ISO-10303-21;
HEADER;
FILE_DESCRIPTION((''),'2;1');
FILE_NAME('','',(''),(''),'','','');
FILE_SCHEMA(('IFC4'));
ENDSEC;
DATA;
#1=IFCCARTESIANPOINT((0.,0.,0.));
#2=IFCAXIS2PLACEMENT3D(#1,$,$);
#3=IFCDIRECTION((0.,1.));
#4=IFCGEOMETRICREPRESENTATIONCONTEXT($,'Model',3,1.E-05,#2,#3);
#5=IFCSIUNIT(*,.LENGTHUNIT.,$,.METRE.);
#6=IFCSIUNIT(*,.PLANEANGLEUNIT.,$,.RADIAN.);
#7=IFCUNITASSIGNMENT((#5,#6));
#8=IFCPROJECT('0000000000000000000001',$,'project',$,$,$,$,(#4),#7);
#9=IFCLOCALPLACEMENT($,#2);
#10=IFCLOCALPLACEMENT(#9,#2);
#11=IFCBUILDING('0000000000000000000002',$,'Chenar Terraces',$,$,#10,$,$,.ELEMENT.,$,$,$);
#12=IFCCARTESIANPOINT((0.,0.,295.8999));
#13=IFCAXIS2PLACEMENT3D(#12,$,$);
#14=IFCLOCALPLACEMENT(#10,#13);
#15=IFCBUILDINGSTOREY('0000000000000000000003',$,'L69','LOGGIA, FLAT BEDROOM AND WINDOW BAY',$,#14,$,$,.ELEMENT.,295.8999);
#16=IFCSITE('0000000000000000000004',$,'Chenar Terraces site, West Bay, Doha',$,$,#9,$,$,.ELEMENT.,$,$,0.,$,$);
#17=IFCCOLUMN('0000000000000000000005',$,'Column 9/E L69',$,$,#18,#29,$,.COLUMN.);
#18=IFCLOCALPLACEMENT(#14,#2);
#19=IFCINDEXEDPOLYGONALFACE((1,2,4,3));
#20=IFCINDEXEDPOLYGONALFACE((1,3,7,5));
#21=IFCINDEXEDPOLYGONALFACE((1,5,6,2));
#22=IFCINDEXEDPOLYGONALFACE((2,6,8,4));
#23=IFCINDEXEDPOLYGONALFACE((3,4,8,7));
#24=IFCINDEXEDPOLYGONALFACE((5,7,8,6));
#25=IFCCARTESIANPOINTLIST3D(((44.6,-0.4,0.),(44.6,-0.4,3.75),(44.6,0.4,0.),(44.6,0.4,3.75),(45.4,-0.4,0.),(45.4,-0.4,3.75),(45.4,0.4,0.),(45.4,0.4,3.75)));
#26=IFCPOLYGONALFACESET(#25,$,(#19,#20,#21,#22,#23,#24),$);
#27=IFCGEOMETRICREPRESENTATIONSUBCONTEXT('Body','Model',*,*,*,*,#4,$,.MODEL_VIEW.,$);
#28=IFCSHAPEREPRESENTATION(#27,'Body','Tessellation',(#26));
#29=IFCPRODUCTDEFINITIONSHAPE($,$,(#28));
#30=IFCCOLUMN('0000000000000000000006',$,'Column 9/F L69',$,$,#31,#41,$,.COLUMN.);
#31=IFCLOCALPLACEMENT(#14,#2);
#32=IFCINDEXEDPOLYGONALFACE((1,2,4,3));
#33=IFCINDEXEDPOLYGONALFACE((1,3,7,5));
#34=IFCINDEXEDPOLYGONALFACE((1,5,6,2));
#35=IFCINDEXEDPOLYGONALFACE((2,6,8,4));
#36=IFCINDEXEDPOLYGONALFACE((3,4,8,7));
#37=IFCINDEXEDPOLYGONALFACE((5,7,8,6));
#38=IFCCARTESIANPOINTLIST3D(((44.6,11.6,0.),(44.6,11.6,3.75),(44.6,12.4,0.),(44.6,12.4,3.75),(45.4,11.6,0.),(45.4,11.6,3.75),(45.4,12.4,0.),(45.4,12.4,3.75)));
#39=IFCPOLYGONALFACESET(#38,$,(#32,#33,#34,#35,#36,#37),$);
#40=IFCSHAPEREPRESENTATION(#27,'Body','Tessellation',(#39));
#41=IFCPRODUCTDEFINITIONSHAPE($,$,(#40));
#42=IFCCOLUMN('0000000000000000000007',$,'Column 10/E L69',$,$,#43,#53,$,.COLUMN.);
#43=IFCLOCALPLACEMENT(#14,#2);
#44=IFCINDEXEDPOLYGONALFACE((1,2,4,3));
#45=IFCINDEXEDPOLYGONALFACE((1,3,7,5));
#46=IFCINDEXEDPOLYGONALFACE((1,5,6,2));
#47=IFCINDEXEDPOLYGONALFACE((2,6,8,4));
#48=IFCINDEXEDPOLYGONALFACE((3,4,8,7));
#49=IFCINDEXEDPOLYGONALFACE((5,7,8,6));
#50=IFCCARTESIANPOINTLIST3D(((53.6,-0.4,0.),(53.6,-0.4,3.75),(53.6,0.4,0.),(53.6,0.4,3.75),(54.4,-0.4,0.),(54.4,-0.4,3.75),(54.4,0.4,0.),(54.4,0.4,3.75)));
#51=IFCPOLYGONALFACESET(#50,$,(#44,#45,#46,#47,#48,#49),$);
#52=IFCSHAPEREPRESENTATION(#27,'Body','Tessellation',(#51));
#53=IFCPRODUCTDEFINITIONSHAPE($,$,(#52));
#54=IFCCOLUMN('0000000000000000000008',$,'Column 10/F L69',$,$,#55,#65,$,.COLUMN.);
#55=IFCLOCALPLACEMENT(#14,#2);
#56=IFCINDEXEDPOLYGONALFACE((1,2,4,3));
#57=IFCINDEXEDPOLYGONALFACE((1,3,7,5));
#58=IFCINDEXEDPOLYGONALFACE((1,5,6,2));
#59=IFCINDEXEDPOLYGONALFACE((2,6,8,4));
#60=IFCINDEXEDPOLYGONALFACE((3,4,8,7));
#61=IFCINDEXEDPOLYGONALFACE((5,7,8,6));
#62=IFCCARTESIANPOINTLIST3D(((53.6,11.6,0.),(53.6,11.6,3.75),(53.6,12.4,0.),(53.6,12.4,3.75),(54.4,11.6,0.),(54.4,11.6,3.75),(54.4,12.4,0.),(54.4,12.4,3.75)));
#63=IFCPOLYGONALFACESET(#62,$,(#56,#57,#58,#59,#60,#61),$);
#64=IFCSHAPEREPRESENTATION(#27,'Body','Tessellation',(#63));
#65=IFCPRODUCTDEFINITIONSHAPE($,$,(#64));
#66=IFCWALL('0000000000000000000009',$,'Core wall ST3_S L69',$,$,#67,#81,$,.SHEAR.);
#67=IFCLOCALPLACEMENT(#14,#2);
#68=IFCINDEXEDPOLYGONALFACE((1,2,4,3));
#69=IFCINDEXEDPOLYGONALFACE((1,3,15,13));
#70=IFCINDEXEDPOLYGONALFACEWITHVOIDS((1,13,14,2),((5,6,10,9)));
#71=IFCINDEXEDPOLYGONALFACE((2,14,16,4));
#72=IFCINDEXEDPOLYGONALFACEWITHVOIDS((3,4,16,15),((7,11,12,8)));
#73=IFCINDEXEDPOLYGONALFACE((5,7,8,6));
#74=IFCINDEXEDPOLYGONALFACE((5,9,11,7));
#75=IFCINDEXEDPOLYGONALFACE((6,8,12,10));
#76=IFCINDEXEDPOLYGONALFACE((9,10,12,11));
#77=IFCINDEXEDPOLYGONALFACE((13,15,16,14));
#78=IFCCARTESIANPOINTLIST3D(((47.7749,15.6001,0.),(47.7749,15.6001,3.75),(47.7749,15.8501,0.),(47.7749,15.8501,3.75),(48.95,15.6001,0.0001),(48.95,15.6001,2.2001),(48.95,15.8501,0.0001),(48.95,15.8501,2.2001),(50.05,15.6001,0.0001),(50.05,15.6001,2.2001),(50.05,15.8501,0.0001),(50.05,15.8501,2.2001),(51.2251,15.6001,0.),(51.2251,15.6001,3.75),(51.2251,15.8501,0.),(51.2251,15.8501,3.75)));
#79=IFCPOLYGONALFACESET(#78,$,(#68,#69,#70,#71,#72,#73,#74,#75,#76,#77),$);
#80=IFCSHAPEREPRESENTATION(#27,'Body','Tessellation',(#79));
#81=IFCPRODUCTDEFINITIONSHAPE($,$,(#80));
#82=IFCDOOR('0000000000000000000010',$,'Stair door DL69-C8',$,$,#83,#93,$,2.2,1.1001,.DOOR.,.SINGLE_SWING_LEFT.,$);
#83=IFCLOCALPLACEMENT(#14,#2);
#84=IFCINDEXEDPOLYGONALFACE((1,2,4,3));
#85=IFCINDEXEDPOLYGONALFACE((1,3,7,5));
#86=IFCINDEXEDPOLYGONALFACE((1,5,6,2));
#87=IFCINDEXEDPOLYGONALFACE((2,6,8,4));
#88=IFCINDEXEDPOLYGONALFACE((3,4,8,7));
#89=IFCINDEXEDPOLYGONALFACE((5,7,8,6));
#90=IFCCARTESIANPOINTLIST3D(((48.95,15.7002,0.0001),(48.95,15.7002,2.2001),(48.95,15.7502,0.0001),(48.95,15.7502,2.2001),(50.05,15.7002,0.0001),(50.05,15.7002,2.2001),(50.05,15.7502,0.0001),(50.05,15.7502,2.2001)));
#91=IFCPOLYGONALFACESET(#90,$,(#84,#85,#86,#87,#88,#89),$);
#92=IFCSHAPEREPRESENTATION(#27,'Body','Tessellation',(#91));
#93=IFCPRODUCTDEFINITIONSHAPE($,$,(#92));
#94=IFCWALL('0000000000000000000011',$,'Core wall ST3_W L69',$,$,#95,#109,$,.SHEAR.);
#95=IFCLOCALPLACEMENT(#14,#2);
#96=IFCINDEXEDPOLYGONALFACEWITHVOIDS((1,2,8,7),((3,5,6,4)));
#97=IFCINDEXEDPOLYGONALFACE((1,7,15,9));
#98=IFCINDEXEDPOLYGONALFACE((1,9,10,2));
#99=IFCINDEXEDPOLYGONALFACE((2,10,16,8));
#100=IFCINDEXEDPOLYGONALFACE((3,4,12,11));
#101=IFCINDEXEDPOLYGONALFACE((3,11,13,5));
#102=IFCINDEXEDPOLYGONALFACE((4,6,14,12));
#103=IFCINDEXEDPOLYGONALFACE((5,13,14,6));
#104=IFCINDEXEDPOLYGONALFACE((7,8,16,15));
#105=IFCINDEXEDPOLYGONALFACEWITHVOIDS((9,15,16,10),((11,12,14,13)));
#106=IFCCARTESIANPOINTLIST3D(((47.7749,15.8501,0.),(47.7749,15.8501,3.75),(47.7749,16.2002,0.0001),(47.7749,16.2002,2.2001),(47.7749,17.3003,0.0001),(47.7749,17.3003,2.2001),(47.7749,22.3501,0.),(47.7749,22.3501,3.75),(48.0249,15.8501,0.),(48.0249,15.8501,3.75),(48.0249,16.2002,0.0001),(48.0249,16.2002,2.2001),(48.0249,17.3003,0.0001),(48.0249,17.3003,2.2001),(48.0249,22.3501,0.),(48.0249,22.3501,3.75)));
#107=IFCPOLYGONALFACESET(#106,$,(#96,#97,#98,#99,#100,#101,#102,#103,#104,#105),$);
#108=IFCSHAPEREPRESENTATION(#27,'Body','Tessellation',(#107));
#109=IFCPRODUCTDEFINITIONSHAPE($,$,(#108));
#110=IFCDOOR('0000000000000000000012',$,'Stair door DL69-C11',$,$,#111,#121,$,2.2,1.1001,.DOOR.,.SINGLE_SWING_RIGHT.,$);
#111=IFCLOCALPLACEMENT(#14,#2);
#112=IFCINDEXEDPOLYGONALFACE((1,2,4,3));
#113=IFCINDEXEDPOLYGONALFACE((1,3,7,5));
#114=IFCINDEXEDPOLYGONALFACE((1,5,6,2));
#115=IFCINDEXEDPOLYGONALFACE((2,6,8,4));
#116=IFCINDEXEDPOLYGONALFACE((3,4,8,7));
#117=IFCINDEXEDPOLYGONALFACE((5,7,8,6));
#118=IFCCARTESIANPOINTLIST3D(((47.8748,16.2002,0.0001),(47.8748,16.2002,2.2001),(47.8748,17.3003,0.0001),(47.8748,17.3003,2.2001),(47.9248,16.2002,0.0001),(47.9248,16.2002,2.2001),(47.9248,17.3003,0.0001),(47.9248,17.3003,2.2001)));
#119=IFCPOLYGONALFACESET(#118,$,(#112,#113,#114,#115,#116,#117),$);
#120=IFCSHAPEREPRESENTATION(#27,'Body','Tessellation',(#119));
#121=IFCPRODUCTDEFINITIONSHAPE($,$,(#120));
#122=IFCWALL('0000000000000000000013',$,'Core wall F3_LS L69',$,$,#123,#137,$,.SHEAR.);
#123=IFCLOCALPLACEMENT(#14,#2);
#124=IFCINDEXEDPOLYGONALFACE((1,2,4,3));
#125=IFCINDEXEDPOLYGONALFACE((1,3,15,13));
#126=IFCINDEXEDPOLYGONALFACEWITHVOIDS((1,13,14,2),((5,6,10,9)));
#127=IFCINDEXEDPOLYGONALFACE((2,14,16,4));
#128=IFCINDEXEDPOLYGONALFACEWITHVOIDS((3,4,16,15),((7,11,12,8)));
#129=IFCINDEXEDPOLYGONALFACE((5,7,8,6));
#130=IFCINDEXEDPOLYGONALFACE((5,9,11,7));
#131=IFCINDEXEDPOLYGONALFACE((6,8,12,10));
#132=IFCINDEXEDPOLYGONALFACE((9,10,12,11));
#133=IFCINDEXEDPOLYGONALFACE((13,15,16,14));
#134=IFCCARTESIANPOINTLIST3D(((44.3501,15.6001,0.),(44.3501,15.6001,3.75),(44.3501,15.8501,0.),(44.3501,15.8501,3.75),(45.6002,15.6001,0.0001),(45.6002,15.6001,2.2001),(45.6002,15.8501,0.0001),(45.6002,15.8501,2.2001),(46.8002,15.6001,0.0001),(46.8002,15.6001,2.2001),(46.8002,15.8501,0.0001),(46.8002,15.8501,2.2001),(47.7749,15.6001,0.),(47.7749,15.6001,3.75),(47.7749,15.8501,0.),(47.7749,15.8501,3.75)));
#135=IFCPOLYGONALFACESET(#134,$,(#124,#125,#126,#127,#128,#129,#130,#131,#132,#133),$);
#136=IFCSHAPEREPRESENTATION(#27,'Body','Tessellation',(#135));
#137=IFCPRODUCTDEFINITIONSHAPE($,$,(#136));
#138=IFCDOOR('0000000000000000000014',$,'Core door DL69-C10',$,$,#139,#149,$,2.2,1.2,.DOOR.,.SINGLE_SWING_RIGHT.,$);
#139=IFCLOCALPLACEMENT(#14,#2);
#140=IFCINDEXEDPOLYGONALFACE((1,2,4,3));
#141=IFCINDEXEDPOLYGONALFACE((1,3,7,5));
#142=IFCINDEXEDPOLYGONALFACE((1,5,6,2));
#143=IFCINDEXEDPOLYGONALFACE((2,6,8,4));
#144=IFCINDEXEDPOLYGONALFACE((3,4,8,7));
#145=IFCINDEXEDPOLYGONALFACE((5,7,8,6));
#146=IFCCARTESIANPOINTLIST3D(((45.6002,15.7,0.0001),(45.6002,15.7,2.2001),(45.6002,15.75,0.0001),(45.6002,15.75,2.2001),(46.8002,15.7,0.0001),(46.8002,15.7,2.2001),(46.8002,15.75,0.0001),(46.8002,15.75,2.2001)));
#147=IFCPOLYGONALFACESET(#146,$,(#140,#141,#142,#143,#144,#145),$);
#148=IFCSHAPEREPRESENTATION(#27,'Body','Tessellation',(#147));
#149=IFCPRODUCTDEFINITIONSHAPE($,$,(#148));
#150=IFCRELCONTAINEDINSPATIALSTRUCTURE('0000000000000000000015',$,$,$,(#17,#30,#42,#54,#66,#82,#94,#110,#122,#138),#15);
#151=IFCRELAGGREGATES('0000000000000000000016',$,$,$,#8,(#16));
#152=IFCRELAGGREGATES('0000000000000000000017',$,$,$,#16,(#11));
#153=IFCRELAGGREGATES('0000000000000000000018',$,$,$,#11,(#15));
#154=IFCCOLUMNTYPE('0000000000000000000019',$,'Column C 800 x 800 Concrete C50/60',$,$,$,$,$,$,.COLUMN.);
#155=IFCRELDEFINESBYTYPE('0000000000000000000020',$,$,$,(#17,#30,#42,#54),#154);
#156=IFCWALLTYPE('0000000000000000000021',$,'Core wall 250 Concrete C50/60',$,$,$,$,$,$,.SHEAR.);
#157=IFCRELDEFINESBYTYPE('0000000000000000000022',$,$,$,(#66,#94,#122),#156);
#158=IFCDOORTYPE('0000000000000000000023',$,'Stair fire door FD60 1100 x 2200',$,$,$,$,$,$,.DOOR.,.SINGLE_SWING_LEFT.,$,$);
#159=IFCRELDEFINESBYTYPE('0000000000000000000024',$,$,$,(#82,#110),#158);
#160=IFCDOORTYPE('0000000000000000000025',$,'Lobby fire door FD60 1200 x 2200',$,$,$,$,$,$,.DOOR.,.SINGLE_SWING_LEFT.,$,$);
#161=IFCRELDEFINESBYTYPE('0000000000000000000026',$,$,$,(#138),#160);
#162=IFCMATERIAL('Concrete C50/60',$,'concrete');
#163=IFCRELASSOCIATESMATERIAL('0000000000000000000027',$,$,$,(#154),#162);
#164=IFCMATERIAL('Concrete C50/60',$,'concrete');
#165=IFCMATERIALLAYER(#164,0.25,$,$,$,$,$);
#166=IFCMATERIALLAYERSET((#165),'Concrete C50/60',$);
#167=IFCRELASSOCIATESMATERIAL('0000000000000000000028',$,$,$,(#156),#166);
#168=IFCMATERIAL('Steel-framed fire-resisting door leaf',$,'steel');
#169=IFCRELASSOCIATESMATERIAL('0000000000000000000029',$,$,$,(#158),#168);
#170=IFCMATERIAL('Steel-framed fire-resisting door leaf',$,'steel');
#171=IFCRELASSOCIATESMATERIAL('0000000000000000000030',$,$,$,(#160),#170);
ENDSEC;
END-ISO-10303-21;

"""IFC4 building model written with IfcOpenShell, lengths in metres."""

from ifc_helpers import new_model, si_unit, direction, frame, frame_2d, origin, origin_2d, place, context, subcontext, project, spatial, rectangle, extrude, material, layer, layer_set, material_profile, profile_set, type_object, element, fill, save


model = new_model("IFC4")

# Units and contexts
model_context = context("Model", 3, precision=1e-05, world=origin(), true_north=direction((0.0, 1.0)))
body_context = subcontext(model_context, "Body", "Model", "MODEL_VIEW")
ifc_project = project(units=[si_unit("LENGTHUNIT", "METRE"), si_unit("PLANEANGLEUNIT", "RADIAN")], contexts=[model_context])

# Site, building, storey
site_placement = place(None, origin())
site = spatial("IfcSite", under=ifc_project, at=site_placement, Name="Chenar Terraces site, West Bay, Doha", CompositionType="ELEMENT", RefElevation=0.0)
building_placement = place(site_placement, origin())
building = spatial("IfcBuilding", under=site, at=building_placement, Name="Chenar Terraces", CompositionType="ELEMENT")
storey_placement = place(building_placement, frame((0.0, 0.0, 295.8999)))
storey = spatial("IfcBuildingStorey", under=building, at=storey_placement, Name="L69", Description="LOGGIA, FLAT BEDROOM AND WINDOW BAY", CompositionType="ELEMENT", Elevation=295.8999)

# Columns
ifc_material_1 = material(Name="Concrete C50/60", Category="concrete")
ifc_material_profile_1 = material_profile(ifc_material_1, rectangle(XDim=0.8, YDim=0.8, at=origin_2d()), Name="C 800 x 800")
ifc_profile_set_1 = profile_set([ifc_material_profile_1], Name="Concrete C50/60")
column_type = type_object("IfcColumnType", Name="Column C 800 x 800 Concrete C50/60", PredefinedType="COLUMN", material=ifc_profile_set_1)
for number, where, z_axis, x_axis, name in (
    (1, (45.0, 0.0, 0.0), (0.0, 0.0, 1.0), (1.0, 0.0, 0.0), "Column 9/E L69"),
    (2, (45.0, 12.0, 0.0), (0.0, 0.0, 1.0), (1.0, 0.0, 0.0), "Column 9/F L69"),
    (3, (54.0, 0.0, 0.0), (0.0, 0.0, 1.0), (1.0, 0.0, 0.0), "Column 10/E L69"),
    (4, (54.0, 12.0, 0.0), (0.0, 0.0, 1.0), (1.0, 0.0, 0.0), "Column 10/F L69"),
):
    element("IfcColumn", number, at=place(storey_placement, frame(where, z_axis=z_axis, x_axis=x_axis)), inside=storey, type_object=column_type, Name=name, PredefinedType="COLUMN", context=body_context, shape_type="SweptSolid", body=[
        extrude(rectangle(XDim=0.8, YDim=0.8, at=origin_2d()), origin(), (0.0, 0.0, 1.0), 3.75),
    ])

# Walls, openings, doors
ifc_material_2 = material(Name="Concrete C50/60", Category="concrete")
ifc_layer_1 = layer(ifc_material_2, 0.25)
ifc_layer_set_1 = layer_set([ifc_layer_1], Name="Concrete C50/60")
wall_type_1 = type_object("IfcWallType", Name="Core wall 250 Concrete C50/60", PredefinedType="SHEAR", material=ifc_layer_set_1)
wall_1_placement = place(storey_placement, frame((47.7749, 15.7251, 0.0), z_axis=(0.0, 0.0, 1.0), x_axis=(1.0, 0.0, 0.0)))
wall_1 = element("IfcWall", 5, at=wall_1_placement, inside=storey, type_object=wall_type_1, Name="Core wall ST3_S L69", PredefinedType="SHEAR", context=body_context, shape_type="SweptSolid", body=[
    extrude(rectangle(XDim=3.4502, YDim=0.25, at=frame_2d((1.7251, 0.0))), origin(), (0.0, 0.0, 1.0), 3.75),
])
opening_1_placement = place(wall_1_placement, frame((1.175, 0.0, 0.0)))
opening_1 = element("IfcOpeningElement", 6, at=opening_1_placement, cuts=wall_1, PredefinedType="OPENING", context=body_context, shape_type="SweptSolid", body=[
    extrude(rectangle(XDim=1.1001, YDim=2.2, at=frame_2d((0.55, 1.1001))), frame((0.0, 0.135, 0.0), z_axis=(0.0, -1.0, 0.0), x_axis=(1.0, 0.0, 0.0)), (0.0, 0.0, 1.0), 0.27),
])
ifc_material_3 = material(Name="Steel-framed fire-resisting door leaf", Category="steel")
door_type_1 = type_object("IfcDoorType", Name="Stair fire door FD60 1100 x 2200", OperationType="SINGLE_SWING_LEFT", PredefinedType="DOOR", material=ifc_material_3)
door_1_placement = place(opening_1_placement, frame((1.1001, 0.0, 0.0), z_axis=(0.0, 0.0, 1.0), x_axis=(-1.0, 0.0, 0.0)))
door_1 = element("IfcDoor", 7, at=door_1_placement, inside=storey, type_object=door_type_1, Name="Stair door DL69-C8", OperationType="SINGLE_SWING_LEFT", OverallHeight=2.2, OverallWidth=1.1001, PredefinedType="DOOR", context=body_context, shape_type="SweptSolid", body=[
    extrude(rectangle(XDim=1.1001, YDim=2.2, at=frame_2d((0.55, 1.1001))), frame((0.0, 0.0249, 0.0), z_axis=(0.0, -1.0, 0.0), x_axis=(1.0, 0.0, 0.0)), (0.0, 0.0, 1.0), 0.05),
])
fill(opening_1, door_1)
wall_2_placement = place(storey_placement, frame((47.8999, 15.8501, 0.0), z_axis=(0.0, 0.0, 1.0), x_axis=(0.0, 1.0, 0.0)))
wall_2 = element("IfcWall", 8, at=wall_2_placement, inside=storey, type_object=wall_type_1, Name="Core wall ST3_W L69", PredefinedType="SHEAR", context=body_context, shape_type="SweptSolid", body=[
    extrude(rectangle(XDim=6.5, YDim=0.25, at=frame_2d((3.25, 0.0))), origin(), (0.0, 0.0, 1.0), 3.75),
])
opening_2_placement = place(wall_2_placement, frame((0.3501, 0.0, 0.0)))
opening_2 = element("IfcOpeningElement", 9, at=opening_2_placement, cuts=wall_2, PredefinedType="OPENING", context=body_context, shape_type="SweptSolid", body=[
    extrude(rectangle(XDim=1.1001, YDim=2.2, at=frame_2d((0.55, 1.1001))), frame((0.0, 0.135, 0.0), z_axis=(0.0, -1.0, 0.0), x_axis=(1.0, 0.0, 0.0)), (0.0, 0.0, 1.0), 0.27),
])
door_2_placement = place(opening_2_placement, frame((1.1001, 0.0, 0.0), z_axis=(0.0, 0.0, 1.0), x_axis=(-1.0, 0.0, 0.0)))
door_2 = element("IfcDoor", 10, at=door_2_placement, inside=storey, type_object=door_type_1, Name="Stair door DL69-C11", OperationType="SINGLE_SWING_RIGHT", OverallHeight=2.2, OverallWidth=1.1001, PredefinedType="DOOR", context=body_context, shape_type="SweptSolid", body=[
    extrude(rectangle(XDim=1.1001, YDim=2.2, at=frame_2d((0.55, 1.1001))), frame((0.0, 0.0249, 0.0), z_axis=(0.0, -1.0, 0.0), x_axis=(1.0, 0.0, 0.0)), (0.0, 0.0, 1.0), 0.05),
])
fill(opening_2, door_2)
wall_3_placement = place(storey_placement, frame((44.3501, 15.7251, 0.0), z_axis=(0.0, 0.0, 1.0), x_axis=(1.0, 0.0, 0.0)))
wall_3 = element("IfcWall", 11, at=wall_3_placement, inside=storey, type_object=wall_type_1, Name="Core wall F3_LS L69", PredefinedType="SHEAR", context=body_context, shape_type="SweptSolid", body=[
    extrude(rectangle(XDim=3.4248, YDim=0.25, at=frame_2d((1.7124, 0.0))), origin(), (0.0, 0.0, 1.0), 3.75),
])
opening_3_placement = place(wall_3_placement, frame((1.25, 0.0, 0.0)))
opening_3 = element("IfcOpeningElement", 12, at=opening_3_placement, cuts=wall_3, PredefinedType="OPENING", context=body_context, shape_type="SweptSolid", body=[
    extrude(rectangle(XDim=1.2, YDim=2.2, at=frame_2d((0.6001, 1.1001))), frame((0.0, 0.135, 0.0), z_axis=(0.0, -1.0, 0.0), x_axis=(1.0, 0.0, 0.0)), (0.0, 0.0, 1.0), 0.27),
])
ifc_material_4 = material(Name="Steel-framed fire-resisting door leaf", Category="steel")
door_type_2 = type_object("IfcDoorType", Name="Lobby fire door FD60 1200 x 2200", OperationType="SINGLE_SWING_LEFT", PredefinedType="DOOR", material=ifc_material_4)
door_3_placement = place(opening_3_placement, origin())
door_3 = element("IfcDoor", 13, at=door_3_placement, inside=storey, type_object=door_type_2, Name="Core door DL69-C10", OperationType="SINGLE_SWING_RIGHT", OverallHeight=2.2, OverallWidth=1.2, PredefinedType="DOOR", context=body_context, shape_type="SweptSolid", body=[
    extrude(rectangle(XDim=1.2, YDim=2.2, at=frame_2d((0.6001, 1.1001))), frame((0.0, 0.0249, 0.0), z_axis=(0.0, -1.0, 0.0), x_axis=(1.0, 0.0, 0.0)), (0.0, 0.0, 1.0), 0.05),
])
fill(opening_3, door_3)

save(model, "model.ifc")
